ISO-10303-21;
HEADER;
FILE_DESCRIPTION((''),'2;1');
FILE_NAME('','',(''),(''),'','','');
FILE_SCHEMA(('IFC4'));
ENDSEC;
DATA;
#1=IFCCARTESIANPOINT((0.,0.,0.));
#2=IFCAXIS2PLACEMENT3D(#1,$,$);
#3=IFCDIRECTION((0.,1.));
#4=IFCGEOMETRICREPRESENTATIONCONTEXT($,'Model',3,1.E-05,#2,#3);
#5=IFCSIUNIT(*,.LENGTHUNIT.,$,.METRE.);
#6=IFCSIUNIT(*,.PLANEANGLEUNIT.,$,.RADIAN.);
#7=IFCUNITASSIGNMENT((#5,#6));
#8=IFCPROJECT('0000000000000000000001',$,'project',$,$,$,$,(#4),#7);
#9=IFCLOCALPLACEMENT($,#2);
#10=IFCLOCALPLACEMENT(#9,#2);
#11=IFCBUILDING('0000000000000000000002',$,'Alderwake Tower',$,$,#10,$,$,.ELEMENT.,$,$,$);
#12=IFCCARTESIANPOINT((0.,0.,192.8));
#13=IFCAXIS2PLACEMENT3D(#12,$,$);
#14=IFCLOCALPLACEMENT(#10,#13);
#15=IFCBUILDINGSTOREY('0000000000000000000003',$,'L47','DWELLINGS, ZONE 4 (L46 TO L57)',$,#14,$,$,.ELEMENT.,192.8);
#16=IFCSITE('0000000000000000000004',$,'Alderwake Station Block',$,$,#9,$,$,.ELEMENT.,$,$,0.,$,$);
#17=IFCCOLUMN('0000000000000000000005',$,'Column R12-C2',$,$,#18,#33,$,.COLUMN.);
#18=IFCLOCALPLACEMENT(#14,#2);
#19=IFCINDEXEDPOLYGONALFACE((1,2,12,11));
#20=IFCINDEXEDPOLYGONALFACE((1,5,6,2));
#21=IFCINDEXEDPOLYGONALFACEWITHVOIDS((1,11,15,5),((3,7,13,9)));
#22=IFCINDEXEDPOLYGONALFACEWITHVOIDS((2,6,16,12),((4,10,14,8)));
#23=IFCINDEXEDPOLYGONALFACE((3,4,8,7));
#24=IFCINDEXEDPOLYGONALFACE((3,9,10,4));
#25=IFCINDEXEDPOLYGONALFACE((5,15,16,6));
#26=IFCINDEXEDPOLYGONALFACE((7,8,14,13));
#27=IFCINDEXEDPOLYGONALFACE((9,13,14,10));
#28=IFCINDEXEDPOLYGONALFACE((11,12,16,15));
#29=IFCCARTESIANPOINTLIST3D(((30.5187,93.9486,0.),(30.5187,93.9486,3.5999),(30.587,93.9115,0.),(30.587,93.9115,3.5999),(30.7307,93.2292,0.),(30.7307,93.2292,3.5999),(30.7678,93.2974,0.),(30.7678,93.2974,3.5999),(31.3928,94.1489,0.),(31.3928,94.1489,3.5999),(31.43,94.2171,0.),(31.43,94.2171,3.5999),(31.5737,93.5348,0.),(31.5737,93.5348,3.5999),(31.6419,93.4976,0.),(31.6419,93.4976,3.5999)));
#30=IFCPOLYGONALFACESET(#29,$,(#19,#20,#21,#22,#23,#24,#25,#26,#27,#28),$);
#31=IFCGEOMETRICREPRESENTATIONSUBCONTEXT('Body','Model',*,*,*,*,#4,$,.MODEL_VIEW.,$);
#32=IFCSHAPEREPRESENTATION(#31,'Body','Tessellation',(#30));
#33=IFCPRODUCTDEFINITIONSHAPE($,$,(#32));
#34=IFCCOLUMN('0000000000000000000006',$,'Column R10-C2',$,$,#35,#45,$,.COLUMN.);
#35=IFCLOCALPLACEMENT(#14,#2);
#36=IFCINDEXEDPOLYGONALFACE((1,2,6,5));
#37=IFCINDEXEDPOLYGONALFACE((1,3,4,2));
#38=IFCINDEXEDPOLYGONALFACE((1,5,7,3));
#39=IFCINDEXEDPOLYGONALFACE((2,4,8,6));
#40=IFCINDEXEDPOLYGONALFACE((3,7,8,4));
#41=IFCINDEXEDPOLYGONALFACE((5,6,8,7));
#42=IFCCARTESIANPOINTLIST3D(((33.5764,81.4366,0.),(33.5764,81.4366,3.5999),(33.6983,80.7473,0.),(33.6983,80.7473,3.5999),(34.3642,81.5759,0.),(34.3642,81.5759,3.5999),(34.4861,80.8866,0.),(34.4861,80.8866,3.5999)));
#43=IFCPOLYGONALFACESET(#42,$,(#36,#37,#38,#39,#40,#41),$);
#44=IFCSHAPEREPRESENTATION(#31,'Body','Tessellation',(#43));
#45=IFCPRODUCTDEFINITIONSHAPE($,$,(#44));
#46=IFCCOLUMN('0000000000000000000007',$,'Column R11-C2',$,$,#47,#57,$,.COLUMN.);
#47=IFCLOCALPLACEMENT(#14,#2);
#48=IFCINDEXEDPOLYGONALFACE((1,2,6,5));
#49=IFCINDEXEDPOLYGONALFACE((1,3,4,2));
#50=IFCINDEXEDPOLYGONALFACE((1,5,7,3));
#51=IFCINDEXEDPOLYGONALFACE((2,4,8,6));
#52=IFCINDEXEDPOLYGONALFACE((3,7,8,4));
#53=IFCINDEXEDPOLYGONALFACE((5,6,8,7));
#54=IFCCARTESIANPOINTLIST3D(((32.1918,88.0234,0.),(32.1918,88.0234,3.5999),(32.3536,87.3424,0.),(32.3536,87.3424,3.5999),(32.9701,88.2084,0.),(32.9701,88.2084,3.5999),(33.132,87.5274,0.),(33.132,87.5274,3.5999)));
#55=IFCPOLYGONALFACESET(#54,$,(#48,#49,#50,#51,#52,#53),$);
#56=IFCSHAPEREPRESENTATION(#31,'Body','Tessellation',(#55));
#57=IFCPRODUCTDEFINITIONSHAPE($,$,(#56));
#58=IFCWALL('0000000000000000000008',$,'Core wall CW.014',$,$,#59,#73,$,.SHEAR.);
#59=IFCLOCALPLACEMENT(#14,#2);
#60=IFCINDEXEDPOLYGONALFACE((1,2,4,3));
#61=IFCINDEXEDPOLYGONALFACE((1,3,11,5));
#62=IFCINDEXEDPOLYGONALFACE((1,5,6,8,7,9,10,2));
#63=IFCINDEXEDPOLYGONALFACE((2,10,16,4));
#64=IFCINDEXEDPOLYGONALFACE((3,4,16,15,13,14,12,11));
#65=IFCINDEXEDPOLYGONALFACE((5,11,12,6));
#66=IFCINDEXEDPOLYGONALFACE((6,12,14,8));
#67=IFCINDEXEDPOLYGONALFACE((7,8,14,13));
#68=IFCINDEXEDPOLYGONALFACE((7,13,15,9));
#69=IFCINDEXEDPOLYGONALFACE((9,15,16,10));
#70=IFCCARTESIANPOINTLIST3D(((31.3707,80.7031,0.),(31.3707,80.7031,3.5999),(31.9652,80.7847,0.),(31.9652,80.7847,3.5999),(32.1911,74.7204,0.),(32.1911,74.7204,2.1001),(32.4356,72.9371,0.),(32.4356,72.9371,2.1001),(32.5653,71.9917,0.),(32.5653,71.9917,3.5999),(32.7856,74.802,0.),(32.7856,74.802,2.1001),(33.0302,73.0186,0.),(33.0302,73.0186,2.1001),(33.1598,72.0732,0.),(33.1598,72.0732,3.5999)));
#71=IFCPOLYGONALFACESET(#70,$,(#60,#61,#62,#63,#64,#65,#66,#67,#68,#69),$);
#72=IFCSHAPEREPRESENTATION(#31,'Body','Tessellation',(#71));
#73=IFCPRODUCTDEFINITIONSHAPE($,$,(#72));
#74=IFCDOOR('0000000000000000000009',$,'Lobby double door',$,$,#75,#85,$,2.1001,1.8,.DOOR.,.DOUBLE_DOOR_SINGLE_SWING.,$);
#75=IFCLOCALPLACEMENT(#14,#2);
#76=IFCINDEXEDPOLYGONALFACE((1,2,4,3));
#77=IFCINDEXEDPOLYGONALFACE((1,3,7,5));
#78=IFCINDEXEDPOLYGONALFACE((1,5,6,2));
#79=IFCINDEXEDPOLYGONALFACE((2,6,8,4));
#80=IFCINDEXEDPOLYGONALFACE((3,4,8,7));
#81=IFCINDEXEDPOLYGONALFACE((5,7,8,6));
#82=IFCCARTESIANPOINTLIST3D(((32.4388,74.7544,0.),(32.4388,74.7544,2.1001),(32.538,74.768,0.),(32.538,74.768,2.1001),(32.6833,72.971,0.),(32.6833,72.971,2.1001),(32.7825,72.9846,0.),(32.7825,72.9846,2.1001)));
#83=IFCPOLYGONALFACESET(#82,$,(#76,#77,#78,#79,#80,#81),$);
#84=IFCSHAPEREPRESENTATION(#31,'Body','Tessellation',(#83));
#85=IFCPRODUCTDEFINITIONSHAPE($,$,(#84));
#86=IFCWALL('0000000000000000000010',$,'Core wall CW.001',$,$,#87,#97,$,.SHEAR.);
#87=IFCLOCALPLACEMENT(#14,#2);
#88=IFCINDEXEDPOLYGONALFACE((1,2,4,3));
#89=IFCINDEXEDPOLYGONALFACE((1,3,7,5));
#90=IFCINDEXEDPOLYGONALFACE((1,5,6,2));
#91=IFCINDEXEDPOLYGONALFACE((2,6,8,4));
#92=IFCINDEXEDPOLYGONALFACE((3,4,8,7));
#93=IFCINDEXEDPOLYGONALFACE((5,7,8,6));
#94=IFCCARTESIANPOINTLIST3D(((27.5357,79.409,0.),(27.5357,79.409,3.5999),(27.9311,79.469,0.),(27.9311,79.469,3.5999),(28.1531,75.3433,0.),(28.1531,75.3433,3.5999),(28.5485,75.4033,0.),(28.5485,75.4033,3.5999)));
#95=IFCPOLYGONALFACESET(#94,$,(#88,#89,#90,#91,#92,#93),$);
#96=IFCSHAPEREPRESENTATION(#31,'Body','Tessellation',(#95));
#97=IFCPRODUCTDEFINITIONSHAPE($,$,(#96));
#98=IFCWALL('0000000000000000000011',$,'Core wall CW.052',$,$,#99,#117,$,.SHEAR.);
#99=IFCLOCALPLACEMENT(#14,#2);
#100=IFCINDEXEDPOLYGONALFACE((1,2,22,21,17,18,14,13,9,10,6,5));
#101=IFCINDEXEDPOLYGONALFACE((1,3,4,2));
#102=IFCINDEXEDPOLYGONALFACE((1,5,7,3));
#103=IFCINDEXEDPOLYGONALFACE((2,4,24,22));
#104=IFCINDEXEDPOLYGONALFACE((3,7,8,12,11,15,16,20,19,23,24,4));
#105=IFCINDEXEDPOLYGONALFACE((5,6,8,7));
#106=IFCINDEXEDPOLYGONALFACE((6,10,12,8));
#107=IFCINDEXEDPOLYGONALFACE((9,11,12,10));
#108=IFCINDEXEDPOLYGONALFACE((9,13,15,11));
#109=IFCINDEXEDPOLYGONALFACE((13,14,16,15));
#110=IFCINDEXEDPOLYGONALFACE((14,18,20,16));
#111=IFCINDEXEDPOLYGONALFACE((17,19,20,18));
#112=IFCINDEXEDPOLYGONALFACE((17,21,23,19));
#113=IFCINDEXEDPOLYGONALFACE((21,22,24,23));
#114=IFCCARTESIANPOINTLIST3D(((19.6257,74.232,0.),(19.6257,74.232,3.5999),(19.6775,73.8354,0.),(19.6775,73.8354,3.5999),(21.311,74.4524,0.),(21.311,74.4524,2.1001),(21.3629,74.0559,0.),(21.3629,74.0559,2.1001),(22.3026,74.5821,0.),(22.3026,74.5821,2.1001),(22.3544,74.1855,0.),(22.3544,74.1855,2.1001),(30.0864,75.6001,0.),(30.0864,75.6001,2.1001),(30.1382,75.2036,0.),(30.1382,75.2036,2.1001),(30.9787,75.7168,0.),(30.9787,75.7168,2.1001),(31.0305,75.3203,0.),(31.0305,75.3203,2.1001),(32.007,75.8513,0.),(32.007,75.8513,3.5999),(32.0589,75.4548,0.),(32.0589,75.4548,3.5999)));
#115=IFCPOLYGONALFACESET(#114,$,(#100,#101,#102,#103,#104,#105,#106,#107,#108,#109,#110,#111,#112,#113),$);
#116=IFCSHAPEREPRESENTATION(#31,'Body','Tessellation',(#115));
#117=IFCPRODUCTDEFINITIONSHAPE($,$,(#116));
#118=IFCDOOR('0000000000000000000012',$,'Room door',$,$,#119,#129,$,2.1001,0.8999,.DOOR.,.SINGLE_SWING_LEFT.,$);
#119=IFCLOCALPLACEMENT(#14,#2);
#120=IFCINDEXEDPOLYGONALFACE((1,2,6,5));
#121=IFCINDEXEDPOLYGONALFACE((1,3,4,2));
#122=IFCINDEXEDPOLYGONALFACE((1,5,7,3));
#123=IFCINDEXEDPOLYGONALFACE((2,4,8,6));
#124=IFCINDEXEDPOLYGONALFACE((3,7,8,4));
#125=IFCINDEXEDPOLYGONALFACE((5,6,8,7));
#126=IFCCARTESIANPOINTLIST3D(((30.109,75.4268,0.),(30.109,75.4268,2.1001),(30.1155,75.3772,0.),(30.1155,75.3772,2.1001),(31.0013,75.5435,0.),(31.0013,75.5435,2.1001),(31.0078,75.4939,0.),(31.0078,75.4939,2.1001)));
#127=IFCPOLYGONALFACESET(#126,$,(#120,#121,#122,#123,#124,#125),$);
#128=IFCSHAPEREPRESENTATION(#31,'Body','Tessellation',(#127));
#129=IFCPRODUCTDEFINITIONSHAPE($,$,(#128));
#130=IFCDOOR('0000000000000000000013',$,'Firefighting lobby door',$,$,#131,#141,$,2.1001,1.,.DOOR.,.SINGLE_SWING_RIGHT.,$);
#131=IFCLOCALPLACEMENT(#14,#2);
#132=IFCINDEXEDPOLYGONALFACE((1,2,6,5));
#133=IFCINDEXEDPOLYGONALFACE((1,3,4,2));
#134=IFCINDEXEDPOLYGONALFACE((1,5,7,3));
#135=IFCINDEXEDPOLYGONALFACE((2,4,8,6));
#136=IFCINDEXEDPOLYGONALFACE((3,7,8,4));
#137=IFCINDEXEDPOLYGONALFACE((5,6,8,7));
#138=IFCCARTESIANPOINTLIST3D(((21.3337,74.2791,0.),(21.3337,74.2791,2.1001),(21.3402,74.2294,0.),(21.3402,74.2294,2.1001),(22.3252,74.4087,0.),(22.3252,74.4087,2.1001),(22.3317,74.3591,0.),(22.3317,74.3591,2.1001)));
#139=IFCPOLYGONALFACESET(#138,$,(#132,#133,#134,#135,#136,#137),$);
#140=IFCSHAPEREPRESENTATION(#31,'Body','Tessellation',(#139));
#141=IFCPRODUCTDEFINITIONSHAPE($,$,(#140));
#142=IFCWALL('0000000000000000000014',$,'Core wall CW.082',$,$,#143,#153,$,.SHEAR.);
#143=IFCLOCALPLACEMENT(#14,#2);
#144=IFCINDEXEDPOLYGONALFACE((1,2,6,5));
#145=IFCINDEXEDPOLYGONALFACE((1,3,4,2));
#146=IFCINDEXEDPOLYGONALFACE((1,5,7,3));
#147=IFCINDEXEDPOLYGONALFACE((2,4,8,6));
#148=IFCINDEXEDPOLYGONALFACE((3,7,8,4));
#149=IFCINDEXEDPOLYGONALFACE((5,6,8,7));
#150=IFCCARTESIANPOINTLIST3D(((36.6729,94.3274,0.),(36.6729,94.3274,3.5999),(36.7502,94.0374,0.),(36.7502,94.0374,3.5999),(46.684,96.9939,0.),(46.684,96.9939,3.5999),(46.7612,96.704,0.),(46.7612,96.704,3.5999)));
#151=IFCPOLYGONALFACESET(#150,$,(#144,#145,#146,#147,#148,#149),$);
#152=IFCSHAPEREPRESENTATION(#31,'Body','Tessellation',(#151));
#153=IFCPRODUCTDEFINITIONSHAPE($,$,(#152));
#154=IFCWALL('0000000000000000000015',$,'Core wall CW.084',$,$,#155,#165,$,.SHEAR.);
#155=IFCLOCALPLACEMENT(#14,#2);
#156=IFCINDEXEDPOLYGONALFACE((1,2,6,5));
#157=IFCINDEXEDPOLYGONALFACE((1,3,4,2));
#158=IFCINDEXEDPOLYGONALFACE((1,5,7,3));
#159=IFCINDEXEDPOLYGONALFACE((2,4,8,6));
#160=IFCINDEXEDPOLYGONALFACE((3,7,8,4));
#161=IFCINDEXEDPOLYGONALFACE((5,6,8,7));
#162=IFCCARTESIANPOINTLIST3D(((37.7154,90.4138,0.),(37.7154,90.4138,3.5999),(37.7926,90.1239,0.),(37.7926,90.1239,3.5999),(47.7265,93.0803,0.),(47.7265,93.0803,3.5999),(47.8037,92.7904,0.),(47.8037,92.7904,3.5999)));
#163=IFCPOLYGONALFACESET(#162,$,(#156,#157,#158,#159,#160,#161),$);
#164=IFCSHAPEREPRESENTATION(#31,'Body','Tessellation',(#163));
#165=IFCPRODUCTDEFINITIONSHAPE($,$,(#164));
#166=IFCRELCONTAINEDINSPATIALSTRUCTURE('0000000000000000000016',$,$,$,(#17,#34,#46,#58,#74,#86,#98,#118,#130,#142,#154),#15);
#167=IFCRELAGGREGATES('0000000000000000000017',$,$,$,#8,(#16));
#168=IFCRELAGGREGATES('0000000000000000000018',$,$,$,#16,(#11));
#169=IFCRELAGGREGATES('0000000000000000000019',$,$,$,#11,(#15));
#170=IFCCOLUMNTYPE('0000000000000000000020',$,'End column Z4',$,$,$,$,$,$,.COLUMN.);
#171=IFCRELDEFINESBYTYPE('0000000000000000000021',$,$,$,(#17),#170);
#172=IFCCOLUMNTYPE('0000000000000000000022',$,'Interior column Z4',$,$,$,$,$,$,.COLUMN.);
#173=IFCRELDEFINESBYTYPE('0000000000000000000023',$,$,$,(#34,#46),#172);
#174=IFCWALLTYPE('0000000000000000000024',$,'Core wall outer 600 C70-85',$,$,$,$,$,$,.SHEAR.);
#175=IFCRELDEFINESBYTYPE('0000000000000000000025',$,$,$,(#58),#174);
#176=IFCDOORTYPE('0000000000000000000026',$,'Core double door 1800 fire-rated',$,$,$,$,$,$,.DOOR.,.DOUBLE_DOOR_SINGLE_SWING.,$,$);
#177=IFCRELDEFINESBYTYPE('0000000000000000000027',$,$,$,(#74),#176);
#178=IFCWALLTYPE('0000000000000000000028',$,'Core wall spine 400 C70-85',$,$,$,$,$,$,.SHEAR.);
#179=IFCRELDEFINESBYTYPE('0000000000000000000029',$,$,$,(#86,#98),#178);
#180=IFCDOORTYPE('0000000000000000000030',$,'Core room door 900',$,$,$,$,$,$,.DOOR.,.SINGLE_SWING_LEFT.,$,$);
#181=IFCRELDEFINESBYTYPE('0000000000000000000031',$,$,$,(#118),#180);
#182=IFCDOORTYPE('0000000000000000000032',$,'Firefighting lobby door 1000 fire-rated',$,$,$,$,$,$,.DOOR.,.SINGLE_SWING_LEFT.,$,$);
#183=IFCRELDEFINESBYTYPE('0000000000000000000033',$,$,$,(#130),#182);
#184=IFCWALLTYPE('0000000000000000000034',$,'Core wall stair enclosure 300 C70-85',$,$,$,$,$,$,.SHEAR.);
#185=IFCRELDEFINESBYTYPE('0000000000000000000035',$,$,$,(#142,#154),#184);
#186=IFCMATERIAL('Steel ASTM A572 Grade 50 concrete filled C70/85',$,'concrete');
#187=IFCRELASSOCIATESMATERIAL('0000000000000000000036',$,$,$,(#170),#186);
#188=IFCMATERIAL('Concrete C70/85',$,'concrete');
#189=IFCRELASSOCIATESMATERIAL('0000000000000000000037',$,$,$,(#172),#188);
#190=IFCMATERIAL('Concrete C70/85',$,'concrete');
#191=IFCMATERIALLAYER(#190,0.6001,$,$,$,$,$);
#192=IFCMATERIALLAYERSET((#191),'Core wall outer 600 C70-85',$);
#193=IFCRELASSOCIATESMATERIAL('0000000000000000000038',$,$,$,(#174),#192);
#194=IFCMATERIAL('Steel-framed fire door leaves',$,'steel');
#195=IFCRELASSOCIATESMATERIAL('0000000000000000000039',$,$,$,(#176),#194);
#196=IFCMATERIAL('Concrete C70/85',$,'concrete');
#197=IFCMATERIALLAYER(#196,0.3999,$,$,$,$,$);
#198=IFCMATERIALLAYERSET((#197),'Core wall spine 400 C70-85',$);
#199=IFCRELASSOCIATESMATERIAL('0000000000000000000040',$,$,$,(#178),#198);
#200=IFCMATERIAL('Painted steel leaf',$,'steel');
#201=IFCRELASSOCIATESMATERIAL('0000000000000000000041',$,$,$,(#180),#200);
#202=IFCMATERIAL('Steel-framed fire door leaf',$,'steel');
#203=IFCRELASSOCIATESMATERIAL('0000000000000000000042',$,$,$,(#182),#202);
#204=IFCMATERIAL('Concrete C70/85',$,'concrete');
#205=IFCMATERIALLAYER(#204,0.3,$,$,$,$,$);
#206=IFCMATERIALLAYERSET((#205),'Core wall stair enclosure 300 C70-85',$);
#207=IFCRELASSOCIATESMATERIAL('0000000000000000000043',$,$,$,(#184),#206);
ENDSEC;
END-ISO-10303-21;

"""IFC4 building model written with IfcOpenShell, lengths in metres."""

from ifc_helpers import new_model, si_unit, direction, frame, frame_2d, origin, origin_2d, place, context, subcontext, project, spatial, rectangle, hollow_rectangle, extrude, material, layer, layer_set, material_profile, profile_set, type_object, element, fill, save


model = new_model("IFC4")

# Units and contexts
model_context = context("Model", 3, precision=1e-05, world=origin(), true_north=direction((0.0, 1.0)))
body_context = subcontext(model_context, "Body", "Model", "MODEL_VIEW")
ifc_project = project(units=[si_unit("LENGTHUNIT", "METRE"), si_unit("PLANEANGLEUNIT", "RADIAN")], contexts=[model_context])

# Site, building, storey
site_placement = place(None, origin())
site = spatial("IfcSite", under=ifc_project, at=site_placement, Name="Alderwake Station Block", CompositionType="ELEMENT", RefElevation=0.0)
building_placement = place(site_placement, origin())
building = spatial("IfcBuilding", under=site, at=building_placement, Name="Alderwake Tower", CompositionType="ELEMENT")
storey_placement = place(building_placement, frame((0.0, 0.0, 192.8)))
storey = spatial("IfcBuildingStorey", under=building, at=storey_placement, Name="L47", Description="DWELLINGS, ZONE 4 (L46 TO L57)", CompositionType="ELEMENT", Elevation=192.8)

# Columns
ifc_material_1 = material(Name="Steel ASTM A572 Grade 50 concrete filled C70/85", Category="concrete")
ifc_material_profile_1 = material_profile(ifc_material_1, hollow_rectangle(XDim=0.75, YDim=0.95, WallThickness=0.0549, at=origin_2d()), Name="BOX 950X750X55")
ifc_profile_set_1 = profile_set([ifc_material_profile_1], Name="Steel ASTM A572 Grade 50 concrete filled C70/85")
column_type_1 = type_object("IfcColumnType", Name="End column Z4", PredefinedType="COLUMN", material=ifc_profile_set_1)
column_placement = place(storey_placement, frame((31.0803, 93.7231, 0.0), z_axis=(0.0, 0.0, 1.0), x_axis=(-0.282583, 0.959243, 0.0)))
element("IfcColumn", 1, at=column_placement, inside=storey, type_object=column_type_1, Name="Column R12-C2", PredefinedType="COLUMN", context=body_context, shape_type="SweptSolid", body=[
    extrude(hollow_rectangle(XDim=0.75, YDim=0.95, WallThickness=0.0549, at=origin_2d()), origin(), (0.0, 0.0, 1.0), 3.5999),
])
ifc_material_2 = material(Name="Concrete C70/85", Category="concrete")
ifc_material_profile_2 = material_profile(ifc_material_2, rectangle(XDim=0.7, YDim=0.8, at=origin_2d()), Name="RC 800X700")
ifc_profile_set_2 = profile_set([ifc_material_profile_2], Name="Concrete C70/85")
column_type_2 = type_object("IfcColumnType", Name="Interior column Z4", PredefinedType="COLUMN", material=ifc_profile_set_2)
for number, where, z_axis, x_axis, name in (
    (2, (34.0312, 81.1616, 0.0), (0.0, 0.0, 1.0), (-0.174109, 0.984726, 0.0), "Column R10-C2"),
    (3, (32.6619, 87.7754, 0.0), (0.0, 0.0, 1.0), (-0.231222, 0.972901, 0.0), "Column R11-C2"),
):
    element("IfcColumn", number, at=place(storey_placement, frame(where, z_axis=z_axis, x_axis=x_axis)), inside=storey, type_object=column_type_2, Name=name, PredefinedType="COLUMN", context=body_context, shape_type="SweptSolid", body=[
        extrude(rectangle(XDim=0.7, YDim=0.8, at=origin_2d()), origin(), (0.0, 0.0, 1.0), 3.5999),
    ])

# Wall, opening, door
ifc_material_3 = material(Name="Concrete C70/85", Category="concrete")
ifc_layer_1 = layer(ifc_material_3, 0.6001)
ifc_layer_set_1 = layer_set([ifc_layer_1], Name="Core wall outer 600 C70-85")
wall_type_1 = type_object("IfcWallType", Name="Core wall outer 600 C70-85", PredefinedType="SHEAR", material=ifc_layer_set_1)
wall_1_placement = place(storey_placement, frame((31.668, 80.7439, 0.0), z_axis=(0.0, 0.0, 1.0), x_axis=(0.135857, -0.990729, 0.0)))
wall_1 = element("IfcWall", 4, at=wall_1_placement, inside=storey, type_object=wall_type_1, Name="Core wall CW.014", PredefinedType="SHEAR", context=body_context, shape_type="SweptSolid", body=[
    extrude(rectangle(XDim=8.793, YDim=0.6001, at=frame_2d((4.3965, 0.0))), origin(), (0.0, 0.0, 1.0), 3.5999),
])
opening_1_placement = place(wall_1_placement, frame((6.0388, 0.0, 0.0)))
opening_1 = element("IfcOpeningElement", 5, at=opening_1_placement, cuts=wall_1, PredefinedType="OPENING", context=body_context, shape_type="SweptSolid", body=[
    extrude(rectangle(XDim=1.8, YDim=2.1001, at=frame_2d((0.8999, 1.05))), frame((0.0, 0.3101, 0.0), z_axis=(0.0, -1.0, 0.0), x_axis=(1.0, 0.0, 0.0)), (0.0, 0.0, 1.0), 0.6201),
])
ifc_material_4 = material(Name="Steel-framed fire door leaves", Category="steel")
door_type_1 = type_object("IfcDoorType", Name="Core double door 1800 fire-rated", OperationType="DOUBLE_DOOR_SINGLE_SWING", PredefinedType="DOOR", material=ifc_material_4)
door_1_placement = place(opening_1_placement, origin())
door_1 = element("IfcDoor", 6, at=door_1_placement, inside=storey, type_object=door_type_1, Name="Lobby double door", OperationType="DOUBLE_DOOR_SINGLE_SWING", OverallHeight=2.1001, OverallWidth=1.8, PredefinedType="DOOR", context=body_context, shape_type="SweptSolid", body=[
    extrude(rectangle(XDim=1.8, YDim=2.1001, at=frame_2d((0.8999, 1.05))), frame((0.0, 0.05, 0.0), z_axis=(0.0, -1.0, 0.0), x_axis=(1.0, 0.0, 0.0)), (0.0, 0.0, 1.0), 0.1001),
])
fill(opening_1, door_1)

# Wall
ifc_material_5 = material(Name="Concrete C70/85", Category="concrete")
ifc_layer_2 = layer(ifc_material_5, 0.3999)
ifc_layer_set_2 = layer_set([ifc_layer_2], Name="Core wall spine 400 C70-85")
wall_type_2 = type_object("IfcWallType", Name="Core wall spine 400 C70-85", PredefinedType="SHEAR", material=ifc_layer_set_2)
wall_2_placement = place(storey_placement, frame((28.3508, 75.3733, 0.0), z_axis=(0.0, 0.0, 1.0), x_axis=(-0.150143, 0.988664, 0.0)))
element("IfcWall", 7, at=wall_2_placement, inside=storey, type_object=wall_type_2, Name="Core wall CW.001", PredefinedType="SHEAR", context=body_context, shape_type="SweptSolid", body=[
    extrude(rectangle(XDim=4.1123, YDim=0.3999, at=frame_2d((2.0562, 0.0))), origin(), (0.0, 0.0, 1.0), 3.5999),
])

# Wall, openings, doors
wall_3_placement = place(storey_placement, frame((32.033, 75.6531, 0.0), z_axis=(0.0, 0.0, 1.0), x_axis=(-0.991555, -0.129688, 0.0)))
wall_3 = element("IfcWall", 8, at=wall_3_placement, inside=storey, type_object=wall_type_2, Name="Core wall CW.052", PredefinedType="SHEAR", context=body_context, shape_type="SweptSolid", body=[
    extrude(rectangle(XDim=12.4868, YDim=0.3999, at=frame_2d((6.2434, 0.0))), origin(), (0.0, 0.0, 1.0), 3.5999),
])
opening_2_placement = place(wall_3_placement, frame((9.7871, 0.0, 0.0)))
opening_2 = element("IfcOpeningElement", 9, at=opening_2_placement, cuts=wall_3, PredefinedType="OPENING", context=body_context, shape_type="SweptSolid", body=[
    extrude(rectangle(XDim=1.0, YDim=2.1001, at=frame_2d((0.5, 1.05))), frame((0.0, 0.21, 0.0), z_axis=(0.0, -1.0, 0.0), x_axis=(1.0, 0.0, 0.0)), (0.0, 0.0, 1.0), 0.4199),
])
opening_3_placement = place(wall_3_placement, frame((1.0371, 0.0, 0.0)))
opening_3 = element("IfcOpeningElement", 10, at=opening_3_placement, cuts=wall_3, PredefinedType="OPENING", context=body_context, shape_type="SweptSolid", body=[
    extrude(rectangle(XDim=0.8999, YDim=2.1001, at=frame_2d((0.45, 1.05))), frame((0.0, 0.21, 0.0), z_axis=(0.0, -1.0, 0.0), x_axis=(1.0, 0.0, 0.0)), (0.0, 0.0, 1.0), 0.4199),
])
ifc_material_6 = material(Name="Painted steel leaf", Category="steel")
door_type_2 = type_object("IfcDoorType", Name="Core room door 900", OperationType="SINGLE_SWING_LEFT", PredefinedType="DOOR", material=ifc_material_6)
door_2_placement = place(opening_3_placement, origin())
door_2 = element("IfcDoor", 11, at=door_2_placement, inside=storey, type_object=door_type_2, Name="Room door", OperationType="SINGLE_SWING_LEFT", OverallHeight=2.1001, OverallWidth=0.8999, PredefinedType="DOOR", context=body_context, shape_type="SweptSolid", body=[
    extrude(rectangle(XDim=0.8999, YDim=2.1001, at=frame_2d((0.45, 1.05))), frame((0.0, 0.0249, 0.0), z_axis=(0.0, -1.0, 0.0), x_axis=(1.0, 0.0, 0.0)), (0.0, 0.0, 1.0), 0.05),
])
fill(opening_3, door_2)
ifc_material_7 = material(Name="Steel-framed fire door leaf", Category="steel")
door_type_3 = type_object("IfcDoorType", Name="Firefighting lobby door 1000 fire-rated", OperationType="SINGLE_SWING_LEFT", PredefinedType="DOOR", material=ifc_material_7)
door_3_placement = place(opening_2_placement, origin())
door_3 = element("IfcDoor", 12, at=door_3_placement, inside=storey, type_object=door_type_3, Name="Firefighting lobby door", OperationType="SINGLE_SWING_RIGHT", OverallHeight=2.1001, OverallWidth=1.0, PredefinedType="DOOR", context=body_context, shape_type="SweptSolid", body=[
    extrude(rectangle(XDim=1.0, YDim=2.1001, at=frame_2d((0.5, 1.05))), frame((0.0, 0.0249, 0.0), z_axis=(0.0, -1.0, 0.0), x_axis=(1.0, 0.0, 0.0)), (0.0, 0.0, 1.0), 0.05),
])
fill(opening_2, door_3)

# Walls
ifc_material_8 = material(Name="Concrete C70/85", Category="concrete")
ifc_layer_3 = layer(ifc_material_8, 0.3)
ifc_layer_set_3 = layer_set([ifc_layer_3], Name="Core wall stair enclosure 300 C70-85")
wall_type_3 = type_object("IfcWallType", Name="Core wall stair enclosure 300 C70-85", PredefinedType="SHEAR", material=ifc_layer_set_3)
for number, where, z_axis, x_axis, name in (
    (13, (36.7114, 94.1824, 0.0), (0.0, 0.0, 1.0), (0.966309, 0.257384, 0.0), "Core wall CW.082"),
    (14, (37.7539, 90.2688, 0.0), (0.0, 0.0, 1.0), (0.966309, 0.257384, 0.0), "Core wall CW.084"),
):
    element("IfcWall", number, at=place(storey_placement, frame(where, z_axis=z_axis, x_axis=x_axis)), inside=storey, type_object=wall_type_3, Name=name, PredefinedType="SHEAR", context=body_context, shape_type="SweptSolid", body=[
        extrude(rectangle(XDim=10.3601, YDim=0.3, at=frame_2d((5.1802, 0.0))), origin(), (0.0, 0.0, 1.0), 3.5999),
    ])

save(model, "model.ifc")
